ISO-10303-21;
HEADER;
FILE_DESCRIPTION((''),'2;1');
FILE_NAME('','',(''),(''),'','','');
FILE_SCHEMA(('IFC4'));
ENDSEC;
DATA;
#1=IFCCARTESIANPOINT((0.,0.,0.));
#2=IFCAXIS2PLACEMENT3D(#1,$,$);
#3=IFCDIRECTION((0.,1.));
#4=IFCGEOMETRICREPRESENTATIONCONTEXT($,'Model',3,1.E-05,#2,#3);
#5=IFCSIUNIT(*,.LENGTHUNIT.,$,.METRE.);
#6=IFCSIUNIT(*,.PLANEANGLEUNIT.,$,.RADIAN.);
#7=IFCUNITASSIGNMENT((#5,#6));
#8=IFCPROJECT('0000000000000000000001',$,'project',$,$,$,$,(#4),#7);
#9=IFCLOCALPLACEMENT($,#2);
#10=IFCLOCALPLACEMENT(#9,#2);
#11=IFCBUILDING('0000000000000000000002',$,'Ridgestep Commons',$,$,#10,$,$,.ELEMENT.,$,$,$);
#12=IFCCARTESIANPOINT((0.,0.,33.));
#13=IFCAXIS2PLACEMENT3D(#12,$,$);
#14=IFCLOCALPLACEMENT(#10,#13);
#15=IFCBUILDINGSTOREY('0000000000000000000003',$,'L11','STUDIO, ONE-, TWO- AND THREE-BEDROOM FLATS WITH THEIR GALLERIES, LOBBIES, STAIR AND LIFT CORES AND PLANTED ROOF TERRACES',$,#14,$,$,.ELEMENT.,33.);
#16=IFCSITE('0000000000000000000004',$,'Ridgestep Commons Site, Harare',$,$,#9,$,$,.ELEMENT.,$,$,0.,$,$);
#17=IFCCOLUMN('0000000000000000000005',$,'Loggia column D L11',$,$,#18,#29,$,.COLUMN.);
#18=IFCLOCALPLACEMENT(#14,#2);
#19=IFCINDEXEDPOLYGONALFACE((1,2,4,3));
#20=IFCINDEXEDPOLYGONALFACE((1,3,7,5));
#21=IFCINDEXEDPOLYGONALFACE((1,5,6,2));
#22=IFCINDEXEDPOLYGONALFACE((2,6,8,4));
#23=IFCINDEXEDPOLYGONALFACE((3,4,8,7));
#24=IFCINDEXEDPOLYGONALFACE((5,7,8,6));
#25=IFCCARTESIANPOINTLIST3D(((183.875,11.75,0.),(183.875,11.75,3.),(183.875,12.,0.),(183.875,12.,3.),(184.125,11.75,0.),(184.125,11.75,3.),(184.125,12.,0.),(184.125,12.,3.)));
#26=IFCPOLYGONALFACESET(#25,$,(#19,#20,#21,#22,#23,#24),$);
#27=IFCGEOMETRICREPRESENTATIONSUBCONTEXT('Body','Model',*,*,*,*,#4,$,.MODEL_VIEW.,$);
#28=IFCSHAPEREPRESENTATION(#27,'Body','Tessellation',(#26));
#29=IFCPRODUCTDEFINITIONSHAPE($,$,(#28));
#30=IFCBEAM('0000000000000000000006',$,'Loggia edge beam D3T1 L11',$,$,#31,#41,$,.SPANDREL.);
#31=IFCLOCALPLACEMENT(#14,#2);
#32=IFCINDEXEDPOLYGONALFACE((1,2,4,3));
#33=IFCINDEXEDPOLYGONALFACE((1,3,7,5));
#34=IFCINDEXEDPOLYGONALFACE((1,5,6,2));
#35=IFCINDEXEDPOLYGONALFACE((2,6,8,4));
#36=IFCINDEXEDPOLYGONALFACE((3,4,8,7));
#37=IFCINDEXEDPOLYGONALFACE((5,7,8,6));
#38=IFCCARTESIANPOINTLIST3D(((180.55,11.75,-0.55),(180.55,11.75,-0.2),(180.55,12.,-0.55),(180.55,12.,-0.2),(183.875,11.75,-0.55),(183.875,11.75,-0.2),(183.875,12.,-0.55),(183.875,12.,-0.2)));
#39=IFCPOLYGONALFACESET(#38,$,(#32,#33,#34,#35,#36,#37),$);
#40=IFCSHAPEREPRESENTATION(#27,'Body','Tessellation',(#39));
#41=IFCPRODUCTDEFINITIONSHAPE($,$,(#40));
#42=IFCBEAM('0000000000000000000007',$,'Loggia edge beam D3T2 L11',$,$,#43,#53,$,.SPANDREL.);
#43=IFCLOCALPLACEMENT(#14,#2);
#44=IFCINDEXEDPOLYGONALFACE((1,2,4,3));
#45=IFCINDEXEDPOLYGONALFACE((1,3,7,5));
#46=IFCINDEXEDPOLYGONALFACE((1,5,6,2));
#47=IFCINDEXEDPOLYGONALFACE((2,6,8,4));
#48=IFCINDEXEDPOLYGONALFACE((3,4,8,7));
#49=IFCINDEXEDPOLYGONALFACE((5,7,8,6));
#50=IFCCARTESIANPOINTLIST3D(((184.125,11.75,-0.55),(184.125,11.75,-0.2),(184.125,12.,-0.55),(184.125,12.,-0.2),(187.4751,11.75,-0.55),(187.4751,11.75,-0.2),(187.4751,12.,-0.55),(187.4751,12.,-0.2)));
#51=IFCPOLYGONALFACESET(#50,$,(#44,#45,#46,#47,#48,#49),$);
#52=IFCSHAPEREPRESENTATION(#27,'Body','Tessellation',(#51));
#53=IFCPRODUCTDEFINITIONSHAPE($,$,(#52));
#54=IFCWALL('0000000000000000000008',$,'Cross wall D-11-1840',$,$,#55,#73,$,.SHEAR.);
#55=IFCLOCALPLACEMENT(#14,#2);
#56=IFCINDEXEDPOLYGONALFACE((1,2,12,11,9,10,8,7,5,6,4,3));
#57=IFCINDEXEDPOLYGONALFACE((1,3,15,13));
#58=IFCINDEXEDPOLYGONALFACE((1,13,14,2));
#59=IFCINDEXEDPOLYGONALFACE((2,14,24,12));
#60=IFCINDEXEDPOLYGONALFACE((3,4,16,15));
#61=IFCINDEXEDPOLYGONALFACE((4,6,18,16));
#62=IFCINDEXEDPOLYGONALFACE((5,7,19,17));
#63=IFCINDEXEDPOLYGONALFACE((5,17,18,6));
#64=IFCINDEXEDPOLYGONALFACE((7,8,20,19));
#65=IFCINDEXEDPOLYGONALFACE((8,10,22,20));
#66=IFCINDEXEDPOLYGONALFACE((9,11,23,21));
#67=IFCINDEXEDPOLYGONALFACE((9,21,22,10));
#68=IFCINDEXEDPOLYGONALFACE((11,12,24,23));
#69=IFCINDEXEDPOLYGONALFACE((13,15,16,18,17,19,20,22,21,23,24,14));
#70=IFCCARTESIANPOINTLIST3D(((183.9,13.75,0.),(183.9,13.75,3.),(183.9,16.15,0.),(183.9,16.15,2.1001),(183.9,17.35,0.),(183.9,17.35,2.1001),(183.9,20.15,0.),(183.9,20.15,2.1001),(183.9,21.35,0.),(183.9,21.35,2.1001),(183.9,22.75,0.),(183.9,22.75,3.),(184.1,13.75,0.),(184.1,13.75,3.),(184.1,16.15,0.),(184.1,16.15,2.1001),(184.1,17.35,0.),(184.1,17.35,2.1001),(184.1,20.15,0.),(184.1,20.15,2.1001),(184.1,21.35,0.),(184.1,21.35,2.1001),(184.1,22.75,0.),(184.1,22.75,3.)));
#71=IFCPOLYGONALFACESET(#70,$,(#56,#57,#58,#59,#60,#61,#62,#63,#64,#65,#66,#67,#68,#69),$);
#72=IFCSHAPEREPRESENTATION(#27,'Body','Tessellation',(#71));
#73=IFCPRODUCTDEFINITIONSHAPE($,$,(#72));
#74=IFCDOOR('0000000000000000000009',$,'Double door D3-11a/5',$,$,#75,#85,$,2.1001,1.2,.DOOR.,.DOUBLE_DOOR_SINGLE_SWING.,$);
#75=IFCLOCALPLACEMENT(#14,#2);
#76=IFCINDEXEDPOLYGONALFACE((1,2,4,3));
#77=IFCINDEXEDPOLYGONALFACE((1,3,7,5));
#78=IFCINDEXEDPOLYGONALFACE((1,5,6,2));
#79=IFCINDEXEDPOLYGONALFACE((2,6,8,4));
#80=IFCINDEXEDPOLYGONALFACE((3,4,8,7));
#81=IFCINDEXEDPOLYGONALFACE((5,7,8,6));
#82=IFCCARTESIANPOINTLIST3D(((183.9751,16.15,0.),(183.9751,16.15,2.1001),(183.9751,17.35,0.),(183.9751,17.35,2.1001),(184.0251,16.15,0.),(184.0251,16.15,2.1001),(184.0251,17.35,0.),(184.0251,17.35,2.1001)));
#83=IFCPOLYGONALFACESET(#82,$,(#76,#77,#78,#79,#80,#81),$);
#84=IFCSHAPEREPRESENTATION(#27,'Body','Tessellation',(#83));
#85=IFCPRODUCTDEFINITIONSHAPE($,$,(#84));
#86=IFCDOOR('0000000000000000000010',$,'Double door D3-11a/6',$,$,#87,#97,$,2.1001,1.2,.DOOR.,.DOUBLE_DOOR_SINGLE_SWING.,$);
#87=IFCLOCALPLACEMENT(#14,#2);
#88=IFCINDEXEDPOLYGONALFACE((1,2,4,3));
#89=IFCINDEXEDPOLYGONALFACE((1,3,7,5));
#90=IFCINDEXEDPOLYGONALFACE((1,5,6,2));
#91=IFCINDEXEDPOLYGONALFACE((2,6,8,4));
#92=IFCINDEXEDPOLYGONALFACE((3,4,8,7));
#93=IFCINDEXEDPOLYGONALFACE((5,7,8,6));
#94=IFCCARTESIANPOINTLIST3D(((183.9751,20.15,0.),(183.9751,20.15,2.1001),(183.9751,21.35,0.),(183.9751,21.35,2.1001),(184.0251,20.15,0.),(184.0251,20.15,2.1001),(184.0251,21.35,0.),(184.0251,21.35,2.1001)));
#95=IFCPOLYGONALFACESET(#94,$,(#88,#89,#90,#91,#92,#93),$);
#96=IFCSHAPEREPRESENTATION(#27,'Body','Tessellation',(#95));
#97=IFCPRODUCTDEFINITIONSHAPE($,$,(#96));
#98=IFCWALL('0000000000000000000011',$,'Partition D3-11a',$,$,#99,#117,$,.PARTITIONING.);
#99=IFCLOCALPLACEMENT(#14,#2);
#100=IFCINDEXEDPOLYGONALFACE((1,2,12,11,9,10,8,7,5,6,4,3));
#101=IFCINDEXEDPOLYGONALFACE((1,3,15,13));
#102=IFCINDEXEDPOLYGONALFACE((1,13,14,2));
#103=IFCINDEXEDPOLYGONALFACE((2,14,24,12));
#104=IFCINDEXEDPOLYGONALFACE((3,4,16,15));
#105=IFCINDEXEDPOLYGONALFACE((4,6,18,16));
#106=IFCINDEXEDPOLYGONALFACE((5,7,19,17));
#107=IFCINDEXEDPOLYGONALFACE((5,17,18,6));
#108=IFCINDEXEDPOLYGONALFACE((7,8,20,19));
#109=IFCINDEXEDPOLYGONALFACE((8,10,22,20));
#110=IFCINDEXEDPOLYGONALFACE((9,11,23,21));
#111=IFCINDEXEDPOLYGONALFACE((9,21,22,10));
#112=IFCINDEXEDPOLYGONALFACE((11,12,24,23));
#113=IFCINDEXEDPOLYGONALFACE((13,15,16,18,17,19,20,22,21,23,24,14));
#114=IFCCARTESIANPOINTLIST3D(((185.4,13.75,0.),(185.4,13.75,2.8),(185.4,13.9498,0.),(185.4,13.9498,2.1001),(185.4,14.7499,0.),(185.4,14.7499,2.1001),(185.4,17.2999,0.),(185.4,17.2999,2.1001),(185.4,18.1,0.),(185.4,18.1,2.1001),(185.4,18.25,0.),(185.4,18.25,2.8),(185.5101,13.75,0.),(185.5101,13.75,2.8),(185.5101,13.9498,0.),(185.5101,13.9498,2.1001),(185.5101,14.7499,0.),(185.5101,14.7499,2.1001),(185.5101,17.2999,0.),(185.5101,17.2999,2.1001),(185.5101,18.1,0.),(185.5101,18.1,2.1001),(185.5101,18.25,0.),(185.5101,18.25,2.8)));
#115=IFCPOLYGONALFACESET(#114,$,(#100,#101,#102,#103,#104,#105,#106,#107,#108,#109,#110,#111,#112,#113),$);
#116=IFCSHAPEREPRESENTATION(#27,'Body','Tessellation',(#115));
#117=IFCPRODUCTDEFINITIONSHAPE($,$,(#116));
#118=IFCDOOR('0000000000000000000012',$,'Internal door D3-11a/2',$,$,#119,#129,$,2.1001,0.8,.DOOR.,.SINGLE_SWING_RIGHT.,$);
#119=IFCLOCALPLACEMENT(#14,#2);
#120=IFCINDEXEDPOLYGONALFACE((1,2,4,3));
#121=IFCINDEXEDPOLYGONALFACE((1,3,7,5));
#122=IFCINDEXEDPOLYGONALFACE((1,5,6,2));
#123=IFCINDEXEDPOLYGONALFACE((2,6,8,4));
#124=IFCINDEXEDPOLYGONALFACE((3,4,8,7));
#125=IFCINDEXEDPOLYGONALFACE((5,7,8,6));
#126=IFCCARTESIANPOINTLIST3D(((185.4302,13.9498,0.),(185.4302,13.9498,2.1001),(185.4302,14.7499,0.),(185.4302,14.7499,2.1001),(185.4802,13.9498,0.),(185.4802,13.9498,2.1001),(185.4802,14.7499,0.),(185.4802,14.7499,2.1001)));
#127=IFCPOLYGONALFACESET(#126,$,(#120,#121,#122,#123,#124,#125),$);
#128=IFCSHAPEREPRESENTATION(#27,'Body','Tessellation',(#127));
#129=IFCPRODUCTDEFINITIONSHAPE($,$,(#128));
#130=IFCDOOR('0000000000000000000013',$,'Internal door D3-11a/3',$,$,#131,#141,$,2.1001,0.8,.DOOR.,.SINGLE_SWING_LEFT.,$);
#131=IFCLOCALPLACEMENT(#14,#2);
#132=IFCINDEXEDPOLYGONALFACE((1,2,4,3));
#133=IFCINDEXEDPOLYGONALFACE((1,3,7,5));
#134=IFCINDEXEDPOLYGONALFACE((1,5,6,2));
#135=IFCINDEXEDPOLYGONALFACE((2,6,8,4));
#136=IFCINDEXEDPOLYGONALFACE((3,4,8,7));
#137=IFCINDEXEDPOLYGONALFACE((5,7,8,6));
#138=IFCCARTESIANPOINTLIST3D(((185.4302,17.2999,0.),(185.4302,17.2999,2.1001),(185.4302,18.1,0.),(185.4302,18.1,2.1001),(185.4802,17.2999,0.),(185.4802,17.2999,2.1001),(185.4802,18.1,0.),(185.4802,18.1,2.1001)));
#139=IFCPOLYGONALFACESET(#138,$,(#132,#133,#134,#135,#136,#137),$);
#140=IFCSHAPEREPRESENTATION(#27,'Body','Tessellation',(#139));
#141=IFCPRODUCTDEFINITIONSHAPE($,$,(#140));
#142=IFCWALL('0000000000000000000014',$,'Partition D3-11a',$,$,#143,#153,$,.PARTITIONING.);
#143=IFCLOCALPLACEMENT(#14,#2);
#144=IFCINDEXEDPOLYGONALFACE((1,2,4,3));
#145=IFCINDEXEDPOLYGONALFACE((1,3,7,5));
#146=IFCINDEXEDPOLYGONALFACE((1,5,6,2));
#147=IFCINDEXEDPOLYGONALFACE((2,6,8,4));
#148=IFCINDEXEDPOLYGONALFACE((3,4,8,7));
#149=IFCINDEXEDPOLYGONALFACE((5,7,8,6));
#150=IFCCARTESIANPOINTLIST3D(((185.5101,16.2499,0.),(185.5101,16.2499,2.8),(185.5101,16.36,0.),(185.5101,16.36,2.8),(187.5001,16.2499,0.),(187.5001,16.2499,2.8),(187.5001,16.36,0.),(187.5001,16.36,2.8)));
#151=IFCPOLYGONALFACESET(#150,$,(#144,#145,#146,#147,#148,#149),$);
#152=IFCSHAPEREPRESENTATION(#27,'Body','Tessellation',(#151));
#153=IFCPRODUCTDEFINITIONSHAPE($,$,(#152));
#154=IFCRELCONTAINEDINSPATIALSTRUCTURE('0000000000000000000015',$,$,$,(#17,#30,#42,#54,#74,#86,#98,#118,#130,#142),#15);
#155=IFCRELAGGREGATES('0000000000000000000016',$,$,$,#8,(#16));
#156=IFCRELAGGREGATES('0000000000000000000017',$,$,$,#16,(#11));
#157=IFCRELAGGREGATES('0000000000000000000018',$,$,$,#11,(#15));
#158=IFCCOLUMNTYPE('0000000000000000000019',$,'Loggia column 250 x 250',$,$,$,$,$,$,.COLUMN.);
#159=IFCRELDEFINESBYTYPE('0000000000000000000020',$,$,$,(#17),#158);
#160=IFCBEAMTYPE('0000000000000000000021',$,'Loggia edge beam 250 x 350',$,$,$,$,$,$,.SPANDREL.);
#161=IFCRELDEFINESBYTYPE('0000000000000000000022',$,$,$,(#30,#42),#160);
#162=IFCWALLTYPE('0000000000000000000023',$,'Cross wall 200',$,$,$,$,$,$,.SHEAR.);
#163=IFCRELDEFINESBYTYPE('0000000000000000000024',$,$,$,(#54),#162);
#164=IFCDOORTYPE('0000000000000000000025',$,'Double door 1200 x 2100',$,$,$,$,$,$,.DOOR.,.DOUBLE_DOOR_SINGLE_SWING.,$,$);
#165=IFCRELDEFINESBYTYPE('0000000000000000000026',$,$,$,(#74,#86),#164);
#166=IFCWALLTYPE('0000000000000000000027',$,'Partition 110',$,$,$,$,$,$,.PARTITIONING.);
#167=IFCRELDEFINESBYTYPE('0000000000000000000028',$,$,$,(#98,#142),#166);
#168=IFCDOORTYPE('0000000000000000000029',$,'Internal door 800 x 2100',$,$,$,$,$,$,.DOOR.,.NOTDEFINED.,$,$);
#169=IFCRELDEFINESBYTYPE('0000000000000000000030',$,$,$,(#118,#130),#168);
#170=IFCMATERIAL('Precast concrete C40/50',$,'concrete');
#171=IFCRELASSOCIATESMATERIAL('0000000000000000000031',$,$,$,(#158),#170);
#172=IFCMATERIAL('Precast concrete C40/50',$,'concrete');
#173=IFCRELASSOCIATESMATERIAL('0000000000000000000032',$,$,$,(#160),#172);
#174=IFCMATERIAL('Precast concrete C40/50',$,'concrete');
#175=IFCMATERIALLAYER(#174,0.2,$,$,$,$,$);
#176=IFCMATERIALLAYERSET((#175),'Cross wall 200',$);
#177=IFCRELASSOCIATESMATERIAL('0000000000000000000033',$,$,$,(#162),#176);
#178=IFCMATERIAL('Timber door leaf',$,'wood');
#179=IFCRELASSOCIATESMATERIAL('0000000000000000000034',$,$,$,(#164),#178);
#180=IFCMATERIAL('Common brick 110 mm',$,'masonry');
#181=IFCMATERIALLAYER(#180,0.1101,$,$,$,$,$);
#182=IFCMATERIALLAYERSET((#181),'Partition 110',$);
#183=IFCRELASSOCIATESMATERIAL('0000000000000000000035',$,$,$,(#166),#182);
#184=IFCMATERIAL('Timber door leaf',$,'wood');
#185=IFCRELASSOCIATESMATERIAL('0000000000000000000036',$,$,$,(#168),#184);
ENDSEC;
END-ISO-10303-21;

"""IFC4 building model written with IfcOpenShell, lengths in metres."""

from ifc_helpers import new_model, si_unit, direction, frame, frame_2d, origin, origin_2d, place, context, subcontext, project, spatial, rectangle, extrude, material, layer, layer_set, material_profile, profile_set, type_object, element, fill, save


model = new_model("IFC4")

# Units and contexts
model_context = context("Model", 3, precision=1e-05, world=origin(), true_north=direction((0.0, 1.0)))
body_context = subcontext(model_context, "Body", "Model", "MODEL_VIEW")
ifc_project = project(units=[si_unit("LENGTHUNIT", "METRE"), si_unit("PLANEANGLEUNIT", "RADIAN")], contexts=[model_context])

# Site, building, storey
site_placement = place(None, origin())
site = spatial("IfcSite", under=ifc_project, at=site_placement, Name="Ridgestep Commons Site, Harare", CompositionType="ELEMENT", RefElevation=0.0)
building_placement = place(site_placement, origin())
building = spatial("IfcBuilding", under=site, at=building_placement, Name="Ridgestep Commons", CompositionType="ELEMENT")
storey_placement = place(building_placement, frame((0.0, 0.0, 33.0)))
storey = spatial("IfcBuildingStorey", under=building, at=storey_placement, Name="L11", Description="STUDIO, ONE-, TWO- AND THREE-BEDROOM FLATS WITH THEIR GALLERIES, LOBBIES, STAIR AND LIFT CORES AND PLANTED ROOF TERRACES", CompositionType="ELEMENT", Elevation=33.0)

# Column
ifc_material_1 = material(Name="Precast concrete C40/50", Category="concrete")
ifc_material_profile_1 = material_profile(ifc_material_1, rectangle(XDim=0.25, YDim=0.25, at=origin_2d()), Name="PC 250x250")
ifc_profile_set_1 = profile_set([ifc_material_profile_1], Name="Precast concrete C40/50")
column_type = type_object("IfcColumnType", Name="Loggia column 250 x 250", PredefinedType="COLUMN", material=ifc_profile_set_1)
column_placement = place(storey_placement, frame((184.0, 11.875, 0.0), z_axis=(0.0, 0.0, 1.0), x_axis=(1.0, 0.0, 0.0)))
element("IfcColumn", 1, at=column_placement, inside=storey, type_object=column_type, Name="Loggia column D L11", PredefinedType="COLUMN", context=body_context, shape_type="SweptSolid", body=[
    extrude(rectangle(XDim=0.25, YDim=0.25, at=origin_2d()), origin(), (0.0, 0.0, 1.0), 3.0),
])

# Beams
ifc_material_2 = material(Name="Precast concrete C40/50", Category="concrete")
ifc_material_profile_2 = material_profile(ifc_material_2, rectangle(XDim=0.25, YDim=0.3501, at=origin_2d()), Name="PC 250x350")
ifc_profile_set_2 = profile_set([ifc_material_profile_2], Name="Precast concrete C40/50")
beam_type = type_object("IfcBeamType", Name="Loggia edge beam 250 x 350", PredefinedType="SPANDREL", material=ifc_profile_set_2)
beam_1_placement = place(storey_placement, frame((180.55, 11.875, -0.375), z_axis=(1.0, 0.0, 0.0), x_axis=(0.0, 1.0, 0.0)))
element("IfcBeam", 2, at=beam_1_placement, inside=storey, type_object=beam_type, Name="Loggia edge beam D3T1 L11", PredefinedType="SPANDREL", context=body_context, shape_type="SweptSolid", body=[
    extrude(rectangle(XDim=0.25, YDim=0.3501, at=origin_2d()), origin(), (0.0, 0.0, 1.0), 3.325),
])
beam_2_placement = place(storey_placement, frame((184.125, 11.875, -0.375), z_axis=(1.0, 0.0, 0.0), x_axis=(0.0, 1.0, 0.0)))
element("IfcBeam", 3, at=beam_2_placement, inside=storey, type_object=beam_type, Name="Loggia edge beam D3T2 L11", PredefinedType="SPANDREL", context=body_context, shape_type="SweptSolid", body=[
    extrude(rectangle(XDim=0.25, YDim=0.3501, at=origin_2d()), origin(), (0.0, 0.0, 1.0), 3.3501),
])

# Walls, openings, doors
ifc_material_3 = material(Name="Precast concrete C40/50", Category="concrete")
ifc_layer_1 = layer(ifc_material_3, 0.2)
ifc_layer_set_1 = layer_set([ifc_layer_1], Name="Cross wall 200")
wall_type_1 = type_object("IfcWallType", Name="Cross wall 200", PredefinedType="SHEAR", material=ifc_layer_set_1)
wall_1_placement = place(storey_placement, frame((184.0, 13.75, 0.0), z_axis=(0.0, 0.0, 1.0), x_axis=(0.0, 1.0, 0.0)))
wall_1 = element("IfcWall", 4, at=wall_1_placement, inside=storey, type_object=wall_type_1, Name="Cross wall D-11-1840", PredefinedType="SHEAR", context=body_context, shape_type="SweptSolid", body=[
    extrude(rectangle(XDim=9.0, YDim=0.2, at=frame_2d((4.5, 0.0))), origin(), (0.0, 0.0, 1.0), 3.0),
])
opening_1_placement = place(wall_1_placement, frame((2.3999, 0.0, 0.0)))
opening_1 = element("IfcOpeningElement", 5, at=opening_1_placement, cuts=wall_1, PredefinedType="OPENING", context=body_context, shape_type="SweptSolid", body=[
    extrude(rectangle(XDim=1.2, YDim=2.1001, at=frame_2d((0.6001, 1.05))), frame((0.0, 0.1099, 0.0), z_axis=(0.0, -1.0, 0.0), x_axis=(1.0, 0.0, 0.0)), (0.0, 0.0, 1.0), 0.22),
])
opening_2_placement = place(wall_1_placement, frame((6.3999, 0.0, 0.0)))
opening_2 = element("IfcOpeningElement", 6, at=opening_2_placement, cuts=wall_1, PredefinedType="OPENING", context=body_context, shape_type="SweptSolid", body=[
    extrude(rectangle(XDim=1.2, YDim=2.1001, at=frame_2d((0.6001, 1.05))), frame((0.0, 0.1099, 0.0), z_axis=(0.0, -1.0, 0.0), x_axis=(1.0, 0.0, 0.0)), (0.0, 0.0, 1.0), 0.22),
])
ifc_material_4 = material(Name="Timber door leaf", Category="wood")
door_type_1 = type_object("IfcDoorType", Name="Double door 1200 x 2100", OperationType="DOUBLE_DOOR_SINGLE_SWING", PredefinedType="DOOR", material=ifc_material_4)
door_1_placement = place(opening_1_placement, origin())
door_1 = element("IfcDoor", 7, at=door_1_placement, inside=storey, type_object=door_type_1, Name="Double door D3-11a/5", OperationType="DOUBLE_DOOR_SINGLE_SWING", OverallHeight=2.1001, OverallWidth=1.2, PredefinedType="DOOR", context=body_context, shape_type="SweptSolid", body=[
    extrude(rectangle(XDim=1.2, YDim=2.1001, at=frame_2d((0.6001, 1.05))), frame((0.0, 0.0249, 0.0), z_axis=(0.0, -1.0, 0.0), x_axis=(1.0, 0.0, 0.0)), (0.0, 0.0, 1.0), 0.05),
])
fill(opening_1, door_1)
door_2_placement = place(opening_2_placement, origin())
door_2 = element("IfcDoor", 8, at=door_2_placement, inside=storey, type_object=door_type_1, Name="Double door D3-11a/6", OperationType="DOUBLE_DOOR_SINGLE_SWING", OverallHeight=2.1001, OverallWidth=1.2, PredefinedType="DOOR", context=body_context, shape_type="SweptSolid", body=[
    extrude(rectangle(XDim=1.2, YDim=2.1001, at=frame_2d((0.6001, 1.05))), frame((0.0, 0.0249, 0.0), z_axis=(0.0, -1.0, 0.0), x_axis=(1.0, 0.0, 0.0)), (0.0, 0.0, 1.0), 0.05),
])
fill(opening_2, door_2)
ifc_material_5 = material(Name="Common brick 110 mm", Category="masonry")
ifc_layer_2 = layer(ifc_material_5, 0.1101)
ifc_layer_set_2 = layer_set([ifc_layer_2], Name="Partition 110")
wall_type_2 = type_object("IfcWallType", Name="Partition 110", PredefinedType="PARTITIONING", material=ifc_layer_set_2)
wall_2_placement = place(storey_placement, frame((185.4551, 13.75, 0.0), z_axis=(0.0, 0.0, 1.0), x_axis=(0.0, 1.0, 0.0)))
wall_2 = element("IfcWall", 9, at=wall_2_placement, inside=storey, type_object=wall_type_2, Name="Partition D3-11a", PredefinedType="PARTITIONING", context=body_context, shape_type="SweptSolid", body=[
    extrude(rectangle(XDim=4.5, YDim=0.1101, at=frame_2d((2.25, 0.0))), origin(), (0.0, 0.0, 1.0), 2.8),
])
opening_3_placement = place(wall_2_placement, frame((0.2, 0.0, 0.0)))
opening_3 = element("IfcOpeningElement", 10, at=opening_3_placement, cuts=wall_2, PredefinedType="OPENING", context=body_context, shape_type="SweptSolid", body=[
    extrude(rectangle(XDim=0.8, YDim=2.1001, at=frame_2d((0.3999, 1.05))), frame((0.0, 0.0649, 0.0), z_axis=(0.0, -1.0, 0.0), x_axis=(1.0, 0.0, 0.0)), (0.0, 0.0, 1.0), 0.1301),
])
opening_4_placement = place(wall_2_placement, frame((3.55, 0.0, 0.0)))
opening_4 = element("IfcOpeningElement", 11, at=opening_4_placement, cuts=wall_2, PredefinedType="OPENING", context=body_context, shape_type="SweptSolid", body=[
    extrude(rectangle(XDim=0.8, YDim=2.1001, at=frame_2d((0.3999, 1.05))), frame((0.0, 0.0649, 0.0), z_axis=(0.0, -1.0, 0.0), x_axis=(1.0, 0.0, 0.0)), (0.0, 0.0, 1.0), 0.1301),
])
ifc_material_6 = material(Name="Timber door leaf", Category="wood")
door_type_2 = type_object("IfcDoorType", Name="Internal door 800 x 2100", OperationType="NOTDEFINED", PredefinedType="DOOR", material=ifc_material_6)
door_3_placement = place(opening_3_placement, origin())
door_3 = element("IfcDoor", 12, at=door_3_placement, inside=storey, type_object=door_type_2, Name="Internal door D3-11a/2", OperationType="SINGLE_SWING_RIGHT", OverallHeight=2.1001, OverallWidth=0.8, PredefinedType="DOOR", context=body_context, shape_type="SweptSolid", body=[
    extrude(rectangle(XDim=0.8, YDim=2.1001, at=frame_2d((0.3999, 1.05))), frame((0.0, 0.0249, 0.0), z_axis=(0.0, -1.0, 0.0), x_axis=(1.0, 0.0, 0.0)), (0.0, 0.0, 1.0), 0.05),
])
fill(opening_3, door_3)
door_4_placement = place(opening_4_placement, origin())
door_4 = element("IfcDoor", 13, at=door_4_placement, inside=storey, type_object=door_type_2, Name="Internal door D3-11a/3", OperationType="SINGLE_SWING_LEFT", OverallHeight=2.1001, OverallWidth=0.8, PredefinedType="DOOR", context=body_context, shape_type="SweptSolid", body=[
    extrude(rectangle(XDim=0.8, YDim=2.1001, at=frame_2d((0.3999, 1.05))), frame((0.0, 0.0249, 0.0), z_axis=(0.0, -1.0, 0.0), x_axis=(1.0, 0.0, 0.0)), (0.0, 0.0, 1.0), 0.05),
])
fill(opening_4, door_4)

# Wall
wall_3_placement = place(storey_placement, frame((185.51, 16.3049, 0.0), z_axis=(0.0, 0.0, 1.0), x_axis=(1.0, 0.0, 0.0)))
element("IfcWall", 14, at=wall_3_placement, inside=storey, type_object=wall_type_2, Name="Partition D3-11a", PredefinedType="PARTITIONING", context=body_context, shape_type="SweptSolid", body=[
    extrude(rectangle(XDim=1.99, YDim=0.1101, at=frame_2d((0.9951, 0.0))), origin(), (0.0, 0.0, 1.0), 2.8),
])

save(model, "model.ifc")
